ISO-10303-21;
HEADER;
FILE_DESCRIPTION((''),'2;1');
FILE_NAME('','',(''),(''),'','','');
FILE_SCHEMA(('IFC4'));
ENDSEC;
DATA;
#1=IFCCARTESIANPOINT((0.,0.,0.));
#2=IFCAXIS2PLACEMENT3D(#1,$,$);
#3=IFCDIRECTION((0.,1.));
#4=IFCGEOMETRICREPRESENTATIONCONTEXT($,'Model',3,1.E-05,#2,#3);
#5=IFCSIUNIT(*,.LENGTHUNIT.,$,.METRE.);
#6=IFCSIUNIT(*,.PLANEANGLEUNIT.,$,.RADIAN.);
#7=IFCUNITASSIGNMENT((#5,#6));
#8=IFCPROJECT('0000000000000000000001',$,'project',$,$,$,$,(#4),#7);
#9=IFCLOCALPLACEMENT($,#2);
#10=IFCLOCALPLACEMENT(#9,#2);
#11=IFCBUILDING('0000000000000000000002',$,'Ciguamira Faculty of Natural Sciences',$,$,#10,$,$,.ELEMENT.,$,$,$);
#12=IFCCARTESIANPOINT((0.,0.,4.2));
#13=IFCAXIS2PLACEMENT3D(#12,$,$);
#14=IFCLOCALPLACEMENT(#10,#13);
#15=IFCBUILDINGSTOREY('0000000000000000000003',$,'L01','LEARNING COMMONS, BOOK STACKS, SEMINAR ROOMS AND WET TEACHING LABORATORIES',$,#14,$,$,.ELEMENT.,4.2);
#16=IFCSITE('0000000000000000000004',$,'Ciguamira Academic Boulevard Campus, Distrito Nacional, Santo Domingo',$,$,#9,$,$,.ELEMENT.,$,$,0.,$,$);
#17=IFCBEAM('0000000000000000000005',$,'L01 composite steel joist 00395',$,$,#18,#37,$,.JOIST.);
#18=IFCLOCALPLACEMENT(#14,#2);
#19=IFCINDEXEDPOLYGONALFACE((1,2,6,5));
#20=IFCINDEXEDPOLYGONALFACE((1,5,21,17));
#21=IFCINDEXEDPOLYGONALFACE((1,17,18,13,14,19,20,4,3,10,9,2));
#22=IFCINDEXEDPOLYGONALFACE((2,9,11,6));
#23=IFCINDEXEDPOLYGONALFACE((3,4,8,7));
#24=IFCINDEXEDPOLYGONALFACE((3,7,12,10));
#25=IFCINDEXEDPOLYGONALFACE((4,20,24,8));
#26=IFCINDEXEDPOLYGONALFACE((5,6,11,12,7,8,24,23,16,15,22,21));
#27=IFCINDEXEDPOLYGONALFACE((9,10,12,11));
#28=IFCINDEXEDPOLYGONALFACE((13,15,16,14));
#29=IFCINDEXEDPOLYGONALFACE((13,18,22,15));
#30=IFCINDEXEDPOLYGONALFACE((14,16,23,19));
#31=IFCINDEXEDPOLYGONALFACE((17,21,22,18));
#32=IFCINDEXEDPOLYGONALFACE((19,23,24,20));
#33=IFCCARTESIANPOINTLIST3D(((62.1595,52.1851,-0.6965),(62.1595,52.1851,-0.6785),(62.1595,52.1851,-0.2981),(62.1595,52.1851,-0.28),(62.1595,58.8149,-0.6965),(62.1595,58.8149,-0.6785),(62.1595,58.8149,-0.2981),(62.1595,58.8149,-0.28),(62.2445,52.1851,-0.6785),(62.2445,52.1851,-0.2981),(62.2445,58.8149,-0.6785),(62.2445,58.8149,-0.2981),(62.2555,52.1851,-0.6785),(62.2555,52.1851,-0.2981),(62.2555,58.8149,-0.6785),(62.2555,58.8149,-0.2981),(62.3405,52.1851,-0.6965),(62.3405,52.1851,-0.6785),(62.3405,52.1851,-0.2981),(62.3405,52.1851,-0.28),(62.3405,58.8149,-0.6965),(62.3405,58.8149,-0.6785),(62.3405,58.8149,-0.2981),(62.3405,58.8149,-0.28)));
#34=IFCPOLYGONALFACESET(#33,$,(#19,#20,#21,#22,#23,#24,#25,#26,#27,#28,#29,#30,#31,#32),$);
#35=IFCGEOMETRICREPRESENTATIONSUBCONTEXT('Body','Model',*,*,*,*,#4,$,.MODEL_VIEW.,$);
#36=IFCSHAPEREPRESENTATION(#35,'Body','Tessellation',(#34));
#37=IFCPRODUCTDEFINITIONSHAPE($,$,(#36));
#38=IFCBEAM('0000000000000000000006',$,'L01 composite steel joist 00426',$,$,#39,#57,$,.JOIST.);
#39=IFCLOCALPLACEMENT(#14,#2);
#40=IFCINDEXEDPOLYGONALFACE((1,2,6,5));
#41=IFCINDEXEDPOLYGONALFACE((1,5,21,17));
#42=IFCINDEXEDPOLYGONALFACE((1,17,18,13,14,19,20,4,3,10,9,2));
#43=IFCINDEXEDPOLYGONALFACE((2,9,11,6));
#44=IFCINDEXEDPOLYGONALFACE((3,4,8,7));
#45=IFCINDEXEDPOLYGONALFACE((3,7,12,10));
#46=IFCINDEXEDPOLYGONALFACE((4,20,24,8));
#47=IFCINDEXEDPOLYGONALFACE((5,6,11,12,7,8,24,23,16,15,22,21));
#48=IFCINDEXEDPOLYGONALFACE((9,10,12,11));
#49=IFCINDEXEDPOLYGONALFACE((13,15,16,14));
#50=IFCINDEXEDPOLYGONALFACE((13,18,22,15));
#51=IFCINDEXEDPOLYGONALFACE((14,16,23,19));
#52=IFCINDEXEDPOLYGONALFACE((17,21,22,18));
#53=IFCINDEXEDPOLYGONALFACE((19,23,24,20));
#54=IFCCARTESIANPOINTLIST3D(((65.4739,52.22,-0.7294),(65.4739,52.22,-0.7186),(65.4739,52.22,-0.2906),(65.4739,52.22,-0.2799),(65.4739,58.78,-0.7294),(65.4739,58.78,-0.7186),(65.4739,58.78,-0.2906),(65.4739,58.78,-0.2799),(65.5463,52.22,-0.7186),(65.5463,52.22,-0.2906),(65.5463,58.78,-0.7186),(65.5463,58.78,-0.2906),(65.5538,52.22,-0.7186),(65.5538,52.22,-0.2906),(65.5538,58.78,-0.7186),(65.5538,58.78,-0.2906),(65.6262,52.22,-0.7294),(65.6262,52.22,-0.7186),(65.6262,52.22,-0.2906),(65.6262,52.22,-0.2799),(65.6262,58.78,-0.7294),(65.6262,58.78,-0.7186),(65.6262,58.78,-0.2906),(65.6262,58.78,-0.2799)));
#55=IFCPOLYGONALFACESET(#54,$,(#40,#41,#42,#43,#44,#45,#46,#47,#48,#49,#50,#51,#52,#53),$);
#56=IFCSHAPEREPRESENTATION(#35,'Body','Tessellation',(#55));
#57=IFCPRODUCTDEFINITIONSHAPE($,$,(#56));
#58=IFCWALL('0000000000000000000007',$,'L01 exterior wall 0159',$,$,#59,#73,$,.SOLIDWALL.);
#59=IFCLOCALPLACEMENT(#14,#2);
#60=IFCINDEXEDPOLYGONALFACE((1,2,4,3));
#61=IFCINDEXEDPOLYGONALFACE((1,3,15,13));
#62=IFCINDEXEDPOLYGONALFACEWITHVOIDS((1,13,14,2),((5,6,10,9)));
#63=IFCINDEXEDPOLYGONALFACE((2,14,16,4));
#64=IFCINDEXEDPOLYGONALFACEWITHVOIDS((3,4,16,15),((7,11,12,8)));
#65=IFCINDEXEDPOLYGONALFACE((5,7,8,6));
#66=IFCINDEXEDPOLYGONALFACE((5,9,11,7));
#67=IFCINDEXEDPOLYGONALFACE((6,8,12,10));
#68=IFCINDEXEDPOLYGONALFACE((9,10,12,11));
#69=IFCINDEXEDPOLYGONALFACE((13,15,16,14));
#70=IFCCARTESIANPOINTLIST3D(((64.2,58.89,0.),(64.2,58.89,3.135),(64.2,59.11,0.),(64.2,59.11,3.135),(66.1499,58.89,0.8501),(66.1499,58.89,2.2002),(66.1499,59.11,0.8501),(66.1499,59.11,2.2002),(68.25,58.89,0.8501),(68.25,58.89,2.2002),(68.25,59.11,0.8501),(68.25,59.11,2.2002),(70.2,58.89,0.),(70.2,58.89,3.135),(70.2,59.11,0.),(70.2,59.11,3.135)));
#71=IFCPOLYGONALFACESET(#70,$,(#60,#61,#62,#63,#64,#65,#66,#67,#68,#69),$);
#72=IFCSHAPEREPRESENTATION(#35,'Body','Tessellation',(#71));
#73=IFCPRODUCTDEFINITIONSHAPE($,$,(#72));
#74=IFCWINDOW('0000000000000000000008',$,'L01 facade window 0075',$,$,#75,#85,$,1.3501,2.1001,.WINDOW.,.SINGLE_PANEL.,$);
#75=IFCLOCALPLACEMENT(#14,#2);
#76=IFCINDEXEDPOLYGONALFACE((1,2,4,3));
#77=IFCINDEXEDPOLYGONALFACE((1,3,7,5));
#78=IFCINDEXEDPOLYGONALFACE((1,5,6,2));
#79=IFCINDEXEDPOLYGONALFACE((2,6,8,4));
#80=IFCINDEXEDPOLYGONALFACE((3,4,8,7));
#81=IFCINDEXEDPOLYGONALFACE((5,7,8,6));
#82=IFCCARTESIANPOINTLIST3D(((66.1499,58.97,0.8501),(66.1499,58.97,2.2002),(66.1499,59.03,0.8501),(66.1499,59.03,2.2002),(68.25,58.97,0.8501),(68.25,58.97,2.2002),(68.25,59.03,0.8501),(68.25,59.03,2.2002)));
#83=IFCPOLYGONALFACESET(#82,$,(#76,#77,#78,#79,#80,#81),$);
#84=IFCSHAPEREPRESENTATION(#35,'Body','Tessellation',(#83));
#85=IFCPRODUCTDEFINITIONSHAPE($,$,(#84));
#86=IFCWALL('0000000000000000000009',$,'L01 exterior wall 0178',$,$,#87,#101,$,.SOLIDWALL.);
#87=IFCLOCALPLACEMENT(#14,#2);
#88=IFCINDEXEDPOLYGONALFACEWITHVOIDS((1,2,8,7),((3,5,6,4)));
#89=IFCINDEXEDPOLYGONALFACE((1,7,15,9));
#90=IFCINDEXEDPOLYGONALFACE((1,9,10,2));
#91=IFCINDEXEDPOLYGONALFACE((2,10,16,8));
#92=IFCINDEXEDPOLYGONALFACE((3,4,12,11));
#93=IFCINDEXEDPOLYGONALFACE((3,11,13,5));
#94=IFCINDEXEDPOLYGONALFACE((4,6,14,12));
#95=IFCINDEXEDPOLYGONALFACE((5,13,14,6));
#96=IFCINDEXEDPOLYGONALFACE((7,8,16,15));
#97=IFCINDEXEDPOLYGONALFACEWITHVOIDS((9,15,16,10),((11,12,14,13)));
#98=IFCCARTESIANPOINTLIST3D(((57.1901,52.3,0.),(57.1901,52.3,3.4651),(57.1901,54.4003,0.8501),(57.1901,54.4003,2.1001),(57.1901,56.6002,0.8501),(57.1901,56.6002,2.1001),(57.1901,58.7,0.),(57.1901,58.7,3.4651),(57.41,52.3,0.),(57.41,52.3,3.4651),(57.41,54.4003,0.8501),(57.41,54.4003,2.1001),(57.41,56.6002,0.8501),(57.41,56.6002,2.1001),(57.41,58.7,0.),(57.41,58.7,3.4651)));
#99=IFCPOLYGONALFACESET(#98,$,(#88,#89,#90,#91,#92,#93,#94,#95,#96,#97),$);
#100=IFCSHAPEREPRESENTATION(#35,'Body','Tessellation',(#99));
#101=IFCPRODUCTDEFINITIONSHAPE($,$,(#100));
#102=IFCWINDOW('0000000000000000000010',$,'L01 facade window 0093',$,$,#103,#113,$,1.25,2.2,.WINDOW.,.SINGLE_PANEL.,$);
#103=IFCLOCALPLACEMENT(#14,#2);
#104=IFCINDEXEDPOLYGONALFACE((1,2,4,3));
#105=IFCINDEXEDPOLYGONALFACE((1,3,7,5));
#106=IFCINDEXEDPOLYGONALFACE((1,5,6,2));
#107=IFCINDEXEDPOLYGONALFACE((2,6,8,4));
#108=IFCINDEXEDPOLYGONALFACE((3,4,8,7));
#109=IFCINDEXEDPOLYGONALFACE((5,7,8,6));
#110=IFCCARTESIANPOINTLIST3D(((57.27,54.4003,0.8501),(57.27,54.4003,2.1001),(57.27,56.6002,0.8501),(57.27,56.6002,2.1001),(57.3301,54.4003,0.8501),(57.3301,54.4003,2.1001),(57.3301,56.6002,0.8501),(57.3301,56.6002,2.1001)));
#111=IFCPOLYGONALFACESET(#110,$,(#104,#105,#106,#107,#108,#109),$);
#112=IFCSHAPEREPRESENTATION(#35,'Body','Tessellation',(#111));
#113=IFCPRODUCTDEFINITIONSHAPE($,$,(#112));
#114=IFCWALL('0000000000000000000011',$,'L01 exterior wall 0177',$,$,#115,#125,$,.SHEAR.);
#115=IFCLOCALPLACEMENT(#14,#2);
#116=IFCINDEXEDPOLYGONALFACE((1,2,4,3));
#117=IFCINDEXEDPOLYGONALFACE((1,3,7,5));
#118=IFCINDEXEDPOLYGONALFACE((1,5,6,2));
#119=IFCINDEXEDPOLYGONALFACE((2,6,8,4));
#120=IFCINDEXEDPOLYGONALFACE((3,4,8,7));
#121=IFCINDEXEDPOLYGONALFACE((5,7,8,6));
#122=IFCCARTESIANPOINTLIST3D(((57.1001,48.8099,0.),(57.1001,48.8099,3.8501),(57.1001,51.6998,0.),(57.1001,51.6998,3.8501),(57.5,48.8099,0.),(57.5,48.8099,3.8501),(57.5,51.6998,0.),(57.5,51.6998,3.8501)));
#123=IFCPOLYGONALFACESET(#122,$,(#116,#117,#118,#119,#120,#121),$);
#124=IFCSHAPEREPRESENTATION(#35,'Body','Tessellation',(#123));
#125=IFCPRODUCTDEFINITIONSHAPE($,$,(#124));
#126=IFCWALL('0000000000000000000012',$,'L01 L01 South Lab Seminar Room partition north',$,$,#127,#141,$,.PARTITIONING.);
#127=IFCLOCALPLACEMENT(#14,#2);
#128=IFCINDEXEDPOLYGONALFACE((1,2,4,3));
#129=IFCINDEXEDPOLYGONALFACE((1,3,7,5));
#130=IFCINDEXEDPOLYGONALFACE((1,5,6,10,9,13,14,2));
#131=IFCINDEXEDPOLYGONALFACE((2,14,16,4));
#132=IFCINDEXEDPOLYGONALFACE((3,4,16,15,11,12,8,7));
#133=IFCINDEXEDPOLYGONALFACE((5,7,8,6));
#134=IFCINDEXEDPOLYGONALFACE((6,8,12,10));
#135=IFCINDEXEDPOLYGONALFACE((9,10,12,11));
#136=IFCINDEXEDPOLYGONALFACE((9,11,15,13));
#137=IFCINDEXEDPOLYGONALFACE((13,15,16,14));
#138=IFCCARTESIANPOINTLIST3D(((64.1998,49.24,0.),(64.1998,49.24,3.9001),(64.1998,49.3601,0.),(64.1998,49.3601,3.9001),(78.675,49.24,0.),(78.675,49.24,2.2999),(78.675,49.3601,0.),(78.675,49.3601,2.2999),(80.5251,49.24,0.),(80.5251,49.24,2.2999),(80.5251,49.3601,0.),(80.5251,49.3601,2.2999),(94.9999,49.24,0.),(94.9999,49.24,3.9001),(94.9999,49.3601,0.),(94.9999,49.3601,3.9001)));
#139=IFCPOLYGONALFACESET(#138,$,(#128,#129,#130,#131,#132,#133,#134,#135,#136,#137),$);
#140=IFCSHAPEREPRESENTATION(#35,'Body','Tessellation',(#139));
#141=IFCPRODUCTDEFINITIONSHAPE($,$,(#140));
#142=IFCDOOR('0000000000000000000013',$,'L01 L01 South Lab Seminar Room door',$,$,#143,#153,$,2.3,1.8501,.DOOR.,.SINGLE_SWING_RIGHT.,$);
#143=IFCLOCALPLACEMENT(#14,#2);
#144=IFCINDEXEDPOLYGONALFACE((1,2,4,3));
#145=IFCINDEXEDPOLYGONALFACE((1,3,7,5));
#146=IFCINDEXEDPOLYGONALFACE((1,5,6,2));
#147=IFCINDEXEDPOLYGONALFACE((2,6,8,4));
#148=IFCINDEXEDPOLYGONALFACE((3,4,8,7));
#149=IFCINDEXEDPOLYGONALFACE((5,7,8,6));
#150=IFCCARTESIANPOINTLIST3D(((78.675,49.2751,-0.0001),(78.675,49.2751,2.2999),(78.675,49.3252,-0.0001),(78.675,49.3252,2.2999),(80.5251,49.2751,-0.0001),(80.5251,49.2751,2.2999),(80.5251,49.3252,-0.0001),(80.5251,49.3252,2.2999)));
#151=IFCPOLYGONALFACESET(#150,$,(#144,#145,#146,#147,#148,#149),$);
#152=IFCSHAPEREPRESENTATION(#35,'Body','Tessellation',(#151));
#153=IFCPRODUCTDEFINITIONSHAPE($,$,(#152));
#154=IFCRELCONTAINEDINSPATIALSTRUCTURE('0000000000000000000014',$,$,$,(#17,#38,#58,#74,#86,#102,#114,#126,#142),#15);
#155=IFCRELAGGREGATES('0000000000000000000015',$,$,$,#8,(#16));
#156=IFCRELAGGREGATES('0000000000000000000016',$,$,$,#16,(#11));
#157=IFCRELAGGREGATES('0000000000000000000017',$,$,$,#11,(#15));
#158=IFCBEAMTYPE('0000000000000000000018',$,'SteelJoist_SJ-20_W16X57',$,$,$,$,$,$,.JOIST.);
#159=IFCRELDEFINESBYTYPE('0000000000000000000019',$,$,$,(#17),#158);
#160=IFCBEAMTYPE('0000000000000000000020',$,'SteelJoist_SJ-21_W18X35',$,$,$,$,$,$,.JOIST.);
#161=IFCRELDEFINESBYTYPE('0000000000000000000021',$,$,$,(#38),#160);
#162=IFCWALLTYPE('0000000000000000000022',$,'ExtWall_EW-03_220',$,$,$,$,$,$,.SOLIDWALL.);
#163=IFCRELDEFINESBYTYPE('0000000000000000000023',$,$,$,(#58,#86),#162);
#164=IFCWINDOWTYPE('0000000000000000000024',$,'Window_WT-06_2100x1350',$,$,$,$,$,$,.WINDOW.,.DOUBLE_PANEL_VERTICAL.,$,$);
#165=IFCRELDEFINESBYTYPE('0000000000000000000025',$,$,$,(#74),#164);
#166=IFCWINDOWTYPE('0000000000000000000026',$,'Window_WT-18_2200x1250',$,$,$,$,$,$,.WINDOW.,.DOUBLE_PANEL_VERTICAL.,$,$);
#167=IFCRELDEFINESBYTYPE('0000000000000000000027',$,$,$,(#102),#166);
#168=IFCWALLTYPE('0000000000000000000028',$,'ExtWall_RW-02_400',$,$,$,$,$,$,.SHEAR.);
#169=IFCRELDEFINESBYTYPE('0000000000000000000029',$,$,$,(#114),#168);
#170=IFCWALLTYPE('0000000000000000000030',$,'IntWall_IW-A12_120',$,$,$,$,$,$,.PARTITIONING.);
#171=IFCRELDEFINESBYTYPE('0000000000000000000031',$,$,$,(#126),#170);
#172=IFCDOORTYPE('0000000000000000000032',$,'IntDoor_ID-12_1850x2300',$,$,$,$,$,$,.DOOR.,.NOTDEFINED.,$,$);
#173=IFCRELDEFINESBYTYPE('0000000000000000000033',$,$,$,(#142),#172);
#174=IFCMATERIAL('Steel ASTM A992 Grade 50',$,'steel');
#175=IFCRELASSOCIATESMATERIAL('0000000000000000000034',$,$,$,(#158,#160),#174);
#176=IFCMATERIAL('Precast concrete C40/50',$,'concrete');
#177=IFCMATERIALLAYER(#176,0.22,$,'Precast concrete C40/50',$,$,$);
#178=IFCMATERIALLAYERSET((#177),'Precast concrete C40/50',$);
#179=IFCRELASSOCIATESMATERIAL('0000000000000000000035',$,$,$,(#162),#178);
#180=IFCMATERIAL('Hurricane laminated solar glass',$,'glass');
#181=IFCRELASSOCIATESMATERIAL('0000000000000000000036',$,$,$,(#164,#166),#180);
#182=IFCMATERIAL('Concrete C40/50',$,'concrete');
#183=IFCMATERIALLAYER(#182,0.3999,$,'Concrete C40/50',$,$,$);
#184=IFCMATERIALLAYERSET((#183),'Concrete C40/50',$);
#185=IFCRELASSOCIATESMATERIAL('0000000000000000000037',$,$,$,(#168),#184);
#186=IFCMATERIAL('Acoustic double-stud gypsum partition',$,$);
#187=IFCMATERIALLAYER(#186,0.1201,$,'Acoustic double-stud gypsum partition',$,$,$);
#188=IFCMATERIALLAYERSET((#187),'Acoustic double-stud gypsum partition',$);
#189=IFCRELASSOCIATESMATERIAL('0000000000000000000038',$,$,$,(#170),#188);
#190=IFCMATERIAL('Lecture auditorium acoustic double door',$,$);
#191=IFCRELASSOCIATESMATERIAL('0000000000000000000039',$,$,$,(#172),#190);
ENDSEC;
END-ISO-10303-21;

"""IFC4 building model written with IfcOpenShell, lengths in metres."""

from ifc_helpers import new_model, si_unit, direction, frame, frame_2d, origin, origin_2d, place, context, subcontext, project, spatial, rectangle, i_section, extrude, material, layer, layer_set, material_profile, profile_set, type_object, element, fill, save


model = new_model("IFC4")

# Units and contexts
model_context = context("Model", 3, precision=1e-05, world=origin(), true_north=direction((0.0, 1.0)))
body_context = subcontext(model_context, "Body", "Model", "MODEL_VIEW")
ifc_project = project(units=[si_unit("LENGTHUNIT", "METRE"), si_unit("PLANEANGLEUNIT", "RADIAN")], contexts=[model_context])

# Site, building, storey
site_placement = place(None, origin())
site = spatial("IfcSite", under=ifc_project, at=site_placement, Name="Ciguamira Academic Boulevard Campus, Distrito Nacional, Santo Domingo", CompositionType="ELEMENT", RefElevation=0.0)
building_placement = place(site_placement, origin())
building = spatial("IfcBuilding", under=site, at=building_placement, Name="Ciguamira Faculty of Natural Sciences", CompositionType="ELEMENT")
storey_placement = place(building_placement, frame((0.0, 0.0, 4.2)))
storey = spatial("IfcBuildingStorey", under=building, at=storey_placement, Name="L01", Description="LEARNING COMMONS, BOOK STACKS, SEMINAR ROOMS AND WET TEACHING LABORATORIES", CompositionType="ELEMENT", Elevation=4.2)

# Shared definitions
ifc_material_1 = material(Name="Concrete C40/50", Category="concrete")

# Beams
ifc_material_2 = material(Name="Precast concrete C40/50", Category="concrete")
ifc_material_3 = material(Name="Steel ASTM A992 Grade 50", Category="steel")
ifc_material_profile_1 = material_profile(ifc_material_3, i_section(OverallWidth=0.1809, OverallDepth=0.4165, WebThickness=0.011, FlangeThickness=0.0181, at=origin_2d()), Name="W16X57")
ifc_profile_set_1 = profile_set([ifc_material_profile_1], Name="Steel ASTM A992 Grade 50")
beam_type_1 = type_object("IfcBeamType", Name="SteelJoist_SJ-20_W16X57", PredefinedType="JOIST", material=ifc_profile_set_1)
beam_1_placement = place(storey_placement, frame((62.25, 52.1851, -0.4883), z_axis=(0.0, 1.0, 0.0), x_axis=(-1.0, 0.0, 0.0)))
element("IfcBeam", 1, at=beam_1_placement, inside=storey, type_object=beam_type_1, Name="L01 composite steel joist 00395", PredefinedType="JOIST", context=body_context, shape_type="SweptSolid", body=[
    extrude(i_section(OverallWidth=0.1809, OverallDepth=0.4165, WebThickness=0.011, FlangeThickness=0.0181, at=origin_2d()), origin(), (0.0, 0.0, 1.0), 6.6299),
])
ifc_material_profile_2 = material_profile(ifc_material_3, i_section(OverallWidth=0.1523, OverallDepth=0.4495, WebThickness=0.0076, FlangeThickness=0.0107, at=origin_2d()), Name="W18X35")
ifc_profile_set_2 = profile_set([ifc_material_profile_2], Name="Steel ASTM A992 Grade 50")
beam_type_2 = type_object("IfcBeamType", Name="SteelJoist_SJ-21_W18X35", PredefinedType="JOIST", material=ifc_profile_set_2)
beam_2_placement = place(storey_placement, frame((65.55, 52.22, -0.5046), z_axis=(0.0, 1.0, 0.0), x_axis=(-1.0, 0.0, 0.0)))
element("IfcBeam", 2, at=beam_2_placement, inside=storey, type_object=beam_type_2, Name="L01 composite steel joist 00426", PredefinedType="JOIST", context=body_context, shape_type="SweptSolid", body=[
    extrude(i_section(OverallWidth=0.1523, OverallDepth=0.4495, WebThickness=0.0076, FlangeThickness=0.0107, at=origin_2d()), origin(), (0.0, 0.0, 1.0), 6.5601),
])

# Walls, openings, windows
ifc_layer_1 = layer(ifc_material_2, 0.22, Name="Precast concrete C40/50")
ifc_layer_set_1 = layer_set([ifc_layer_1], Name="Precast concrete C40/50")
wall_type_1 = type_object("IfcWallType", Name="ExtWall_EW-03_220", PredefinedType="SOLIDWALL", material=ifc_layer_set_1)
wall_1_placement = place(storey_placement, frame((64.2, 59.0, 0.0), z_axis=(0.0, 0.0, 1.0), x_axis=(1.0, 0.0, 0.0)))
wall_1 = element("IfcWall", 3, at=wall_1_placement, inside=storey, type_object=wall_type_1, Name="L01 exterior wall 0159", PredefinedType="SOLIDWALL", context=body_context, shape_type="SweptSolid", body=[
    extrude(rectangle(XDim=6.0, YDim=0.22, at=frame_2d((3.0, 0.0))), origin(), (0.0, 0.0, 1.0), 3.135),
])
opening_1_placement = place(wall_1_placement, frame((1.95, 0.0, 0.8501)))
opening_1 = element("IfcOpeningElement", 4, at=opening_1_placement, cuts=wall_1, PredefinedType="OPENING", context=body_context, shape_type="SweptSolid", body=[
    extrude(rectangle(XDim=2.1001, YDim=1.3501, at=frame_2d((1.05, 0.675))), frame((0.0, 0.1199, 0.0), z_axis=(0.0, -1.0, 0.0), x_axis=(1.0, 0.0, 0.0)), (0.0, 0.0, 1.0), 0.24),
])
ifc_material_4 = material(Name="Hurricane laminated solar glass", Category="glass")
window_type_1 = type_object("IfcWindowType", Name="Window_WT-06_2100x1350", PartitioningType="DOUBLE_PANEL_VERTICAL", PredefinedType="WINDOW", material=ifc_material_4)
window_1_placement = place(opening_1_placement, origin())
window_1 = element("IfcWindow", 5, at=window_1_placement, inside=storey, type_object=window_type_1, Name="L01 facade window 0075", OverallHeight=1.3501, OverallWidth=2.1001, PartitioningType="SINGLE_PANEL", PredefinedType="WINDOW", context=body_context, shape_type="SweptSolid", body=[
    extrude(rectangle(XDim=2.1001, YDim=1.3501, at=frame_2d((1.05, 0.675))), frame((0.0, 0.03, 0.0), z_axis=(0.0, -1.0, 0.0), x_axis=(1.0, 0.0, 0.0)), (0.0, 0.0, 1.0), 0.0601),
])
fill(opening_1, window_1)
wall_2_placement = place(storey_placement, frame((57.3, 52.3, 0.0), z_axis=(0.0, 0.0, 1.0), x_axis=(0.0, 1.0, 0.0)))
wall_2 = element("IfcWall", 6, at=wall_2_placement, inside=storey, type_object=wall_type_1, Name="L01 exterior wall 0178", PredefinedType="SOLIDWALL", context=body_context, shape_type="SweptSolid", body=[
    extrude(rectangle(XDim=6.3999, YDim=0.22, at=frame_2d((3.2, 0.0))), origin(), (0.0, 0.0, 1.0), 3.4651),
])
opening_2_placement = place(wall_2_placement, frame((2.1001, 0.0, 0.8501)))
opening_2 = element("IfcOpeningElement", 7, at=opening_2_placement, cuts=wall_2, PredefinedType="OPENING", context=body_context, shape_type="SweptSolid", body=[
    extrude(rectangle(XDim=2.2, YDim=1.25, at=frame_2d((1.1001, 0.625))), frame((0.0, 0.1199, 0.0), z_axis=(0.0, -1.0, 0.0), x_axis=(1.0, 0.0, 0.0)), (0.0, 0.0, 1.0), 0.24),
])
window_type_2 = type_object("IfcWindowType", Name="Window_WT-18_2200x1250", PartitioningType="DOUBLE_PANEL_VERTICAL", PredefinedType="WINDOW", material=ifc_material_4)
window_2_placement = place(opening_2_placement, origin())
window_2 = element("IfcWindow", 8, at=window_2_placement, inside=storey, type_object=window_type_2, Name="L01 facade window 0093", OverallHeight=1.25, OverallWidth=2.2, PartitioningType="SINGLE_PANEL", PredefinedType="WINDOW", context=body_context, shape_type="SweptSolid", body=[
    extrude(rectangle(XDim=2.2, YDim=1.25, at=frame_2d((1.1001, 0.625))), frame((0.0, 0.03, 0.0), z_axis=(0.0, -1.0, 0.0), x_axis=(1.0, 0.0, 0.0)), (0.0, 0.0, 1.0), 0.0601),
])
fill(opening_2, window_2)

# Wall
ifc_layer_2 = layer(ifc_material_1, 0.3999, Name="Concrete C40/50")
ifc_layer_set_2 = layer_set([ifc_layer_2], Name="Concrete C40/50")
wall_type_2 = type_object("IfcWallType", Name="ExtWall_RW-02_400", PredefinedType="SHEAR", material=ifc_layer_set_2)
wall_3_placement = place(storey_placement, frame((57.3, 48.8101, 0.0), z_axis=(0.0, 0.0, 1.0), x_axis=(0.0, 1.0, 0.0)))
element("IfcWall", 9, at=wall_3_placement, inside=storey, type_object=wall_type_2, Name="L01 exterior wall 0177", PredefinedType="SHEAR", context=body_context, shape_type="SweptSolid", body=[
    extrude(rectangle(XDim=2.8899, YDim=0.3999, at=frame_2d((1.4448, 0.0))), origin(), (0.0, 0.0, 1.0), 3.8501),
])

# Wall, opening, door
ifc_material_5 = material(Name="Acoustic double-stud gypsum partition")
ifc_layer_3 = layer(ifc_material_5, 0.1201, Name="Acoustic double-stud gypsum partition")
ifc_layer_set_3 = layer_set([ifc_layer_3], Name="Acoustic double-stud gypsum partition")
wall_type_3 = type_object("IfcWallType", Name="IntWall_IW-A12_120", PredefinedType="PARTITIONING", material=ifc_layer_set_3)
wall_4_placement = place(storey_placement, frame((64.2, 49.3, 0.0), z_axis=(0.0, 0.0, 1.0), x_axis=(1.0, 0.0, 0.0)))
wall_4 = element("IfcWall", 10, at=wall_4_placement, inside=storey, type_object=wall_type_3, Name="L01 L01 South Lab Seminar Room partition north", PredefinedType="PARTITIONING", context=body_context, shape_type="SweptSolid", body=[
    extrude(rectangle(XDim=30.8, YDim=0.1201, at=frame_2d((15.3999, 0.0))), origin(), (0.0, 0.0, 1.0), 3.9001),
])
opening_3_placement = place(wall_4_placement, frame((14.4751, 0.0, 0.0)))
opening_3 = element("IfcOpeningElement", 11, at=opening_3_placement, cuts=wall_4, PredefinedType="OPENING", context=body_context, shape_type="SweptSolid", body=[
    extrude(rectangle(XDim=1.8501, YDim=2.3, at=frame_2d((0.925, 1.1499))), frame((0.0, 0.0701, 0.0), z_axis=(0.0, -1.0, 0.0), x_axis=(1.0, 0.0, 0.0)), (0.0, 0.0, 1.0), 0.1401),
])
ifc_material_6 = material(Name="Lecture auditorium acoustic double door")
door_type_1 = type_object("IfcDoorType", Name="IntDoor_ID-12_1850x2300", OperationType="NOTDEFINED", PredefinedType="DOOR", material=ifc_material_6)
door_1_placement = place(opening_3_placement, frame((1.8501, 0.0, 0.0), z_axis=(0.0, 0.0, 1.0), x_axis=(-1.0, 0.0, 0.0)))
door_1 = element("IfcDoor", 12, at=door_1_placement, inside=storey, type_object=door_type_1, Name="L01 L01 South Lab Seminar Room door", OperationType="SINGLE_SWING_RIGHT", OverallHeight=2.3, OverallWidth=1.8501, PredefinedType="DOOR", context=body_context, shape_type="SweptSolid", body=[
    extrude(rectangle(XDim=1.8501, YDim=2.3, at=frame_2d((0.925, 1.1499))), frame((0.0, 0.0249, 0.0), z_axis=(0.0, -1.0, 0.0), x_axis=(1.0, 0.0, 0.0)), (0.0, 0.0, 1.0), 0.05),
])
fill(opening_3, door_1)

save(model, "model.ifc")
